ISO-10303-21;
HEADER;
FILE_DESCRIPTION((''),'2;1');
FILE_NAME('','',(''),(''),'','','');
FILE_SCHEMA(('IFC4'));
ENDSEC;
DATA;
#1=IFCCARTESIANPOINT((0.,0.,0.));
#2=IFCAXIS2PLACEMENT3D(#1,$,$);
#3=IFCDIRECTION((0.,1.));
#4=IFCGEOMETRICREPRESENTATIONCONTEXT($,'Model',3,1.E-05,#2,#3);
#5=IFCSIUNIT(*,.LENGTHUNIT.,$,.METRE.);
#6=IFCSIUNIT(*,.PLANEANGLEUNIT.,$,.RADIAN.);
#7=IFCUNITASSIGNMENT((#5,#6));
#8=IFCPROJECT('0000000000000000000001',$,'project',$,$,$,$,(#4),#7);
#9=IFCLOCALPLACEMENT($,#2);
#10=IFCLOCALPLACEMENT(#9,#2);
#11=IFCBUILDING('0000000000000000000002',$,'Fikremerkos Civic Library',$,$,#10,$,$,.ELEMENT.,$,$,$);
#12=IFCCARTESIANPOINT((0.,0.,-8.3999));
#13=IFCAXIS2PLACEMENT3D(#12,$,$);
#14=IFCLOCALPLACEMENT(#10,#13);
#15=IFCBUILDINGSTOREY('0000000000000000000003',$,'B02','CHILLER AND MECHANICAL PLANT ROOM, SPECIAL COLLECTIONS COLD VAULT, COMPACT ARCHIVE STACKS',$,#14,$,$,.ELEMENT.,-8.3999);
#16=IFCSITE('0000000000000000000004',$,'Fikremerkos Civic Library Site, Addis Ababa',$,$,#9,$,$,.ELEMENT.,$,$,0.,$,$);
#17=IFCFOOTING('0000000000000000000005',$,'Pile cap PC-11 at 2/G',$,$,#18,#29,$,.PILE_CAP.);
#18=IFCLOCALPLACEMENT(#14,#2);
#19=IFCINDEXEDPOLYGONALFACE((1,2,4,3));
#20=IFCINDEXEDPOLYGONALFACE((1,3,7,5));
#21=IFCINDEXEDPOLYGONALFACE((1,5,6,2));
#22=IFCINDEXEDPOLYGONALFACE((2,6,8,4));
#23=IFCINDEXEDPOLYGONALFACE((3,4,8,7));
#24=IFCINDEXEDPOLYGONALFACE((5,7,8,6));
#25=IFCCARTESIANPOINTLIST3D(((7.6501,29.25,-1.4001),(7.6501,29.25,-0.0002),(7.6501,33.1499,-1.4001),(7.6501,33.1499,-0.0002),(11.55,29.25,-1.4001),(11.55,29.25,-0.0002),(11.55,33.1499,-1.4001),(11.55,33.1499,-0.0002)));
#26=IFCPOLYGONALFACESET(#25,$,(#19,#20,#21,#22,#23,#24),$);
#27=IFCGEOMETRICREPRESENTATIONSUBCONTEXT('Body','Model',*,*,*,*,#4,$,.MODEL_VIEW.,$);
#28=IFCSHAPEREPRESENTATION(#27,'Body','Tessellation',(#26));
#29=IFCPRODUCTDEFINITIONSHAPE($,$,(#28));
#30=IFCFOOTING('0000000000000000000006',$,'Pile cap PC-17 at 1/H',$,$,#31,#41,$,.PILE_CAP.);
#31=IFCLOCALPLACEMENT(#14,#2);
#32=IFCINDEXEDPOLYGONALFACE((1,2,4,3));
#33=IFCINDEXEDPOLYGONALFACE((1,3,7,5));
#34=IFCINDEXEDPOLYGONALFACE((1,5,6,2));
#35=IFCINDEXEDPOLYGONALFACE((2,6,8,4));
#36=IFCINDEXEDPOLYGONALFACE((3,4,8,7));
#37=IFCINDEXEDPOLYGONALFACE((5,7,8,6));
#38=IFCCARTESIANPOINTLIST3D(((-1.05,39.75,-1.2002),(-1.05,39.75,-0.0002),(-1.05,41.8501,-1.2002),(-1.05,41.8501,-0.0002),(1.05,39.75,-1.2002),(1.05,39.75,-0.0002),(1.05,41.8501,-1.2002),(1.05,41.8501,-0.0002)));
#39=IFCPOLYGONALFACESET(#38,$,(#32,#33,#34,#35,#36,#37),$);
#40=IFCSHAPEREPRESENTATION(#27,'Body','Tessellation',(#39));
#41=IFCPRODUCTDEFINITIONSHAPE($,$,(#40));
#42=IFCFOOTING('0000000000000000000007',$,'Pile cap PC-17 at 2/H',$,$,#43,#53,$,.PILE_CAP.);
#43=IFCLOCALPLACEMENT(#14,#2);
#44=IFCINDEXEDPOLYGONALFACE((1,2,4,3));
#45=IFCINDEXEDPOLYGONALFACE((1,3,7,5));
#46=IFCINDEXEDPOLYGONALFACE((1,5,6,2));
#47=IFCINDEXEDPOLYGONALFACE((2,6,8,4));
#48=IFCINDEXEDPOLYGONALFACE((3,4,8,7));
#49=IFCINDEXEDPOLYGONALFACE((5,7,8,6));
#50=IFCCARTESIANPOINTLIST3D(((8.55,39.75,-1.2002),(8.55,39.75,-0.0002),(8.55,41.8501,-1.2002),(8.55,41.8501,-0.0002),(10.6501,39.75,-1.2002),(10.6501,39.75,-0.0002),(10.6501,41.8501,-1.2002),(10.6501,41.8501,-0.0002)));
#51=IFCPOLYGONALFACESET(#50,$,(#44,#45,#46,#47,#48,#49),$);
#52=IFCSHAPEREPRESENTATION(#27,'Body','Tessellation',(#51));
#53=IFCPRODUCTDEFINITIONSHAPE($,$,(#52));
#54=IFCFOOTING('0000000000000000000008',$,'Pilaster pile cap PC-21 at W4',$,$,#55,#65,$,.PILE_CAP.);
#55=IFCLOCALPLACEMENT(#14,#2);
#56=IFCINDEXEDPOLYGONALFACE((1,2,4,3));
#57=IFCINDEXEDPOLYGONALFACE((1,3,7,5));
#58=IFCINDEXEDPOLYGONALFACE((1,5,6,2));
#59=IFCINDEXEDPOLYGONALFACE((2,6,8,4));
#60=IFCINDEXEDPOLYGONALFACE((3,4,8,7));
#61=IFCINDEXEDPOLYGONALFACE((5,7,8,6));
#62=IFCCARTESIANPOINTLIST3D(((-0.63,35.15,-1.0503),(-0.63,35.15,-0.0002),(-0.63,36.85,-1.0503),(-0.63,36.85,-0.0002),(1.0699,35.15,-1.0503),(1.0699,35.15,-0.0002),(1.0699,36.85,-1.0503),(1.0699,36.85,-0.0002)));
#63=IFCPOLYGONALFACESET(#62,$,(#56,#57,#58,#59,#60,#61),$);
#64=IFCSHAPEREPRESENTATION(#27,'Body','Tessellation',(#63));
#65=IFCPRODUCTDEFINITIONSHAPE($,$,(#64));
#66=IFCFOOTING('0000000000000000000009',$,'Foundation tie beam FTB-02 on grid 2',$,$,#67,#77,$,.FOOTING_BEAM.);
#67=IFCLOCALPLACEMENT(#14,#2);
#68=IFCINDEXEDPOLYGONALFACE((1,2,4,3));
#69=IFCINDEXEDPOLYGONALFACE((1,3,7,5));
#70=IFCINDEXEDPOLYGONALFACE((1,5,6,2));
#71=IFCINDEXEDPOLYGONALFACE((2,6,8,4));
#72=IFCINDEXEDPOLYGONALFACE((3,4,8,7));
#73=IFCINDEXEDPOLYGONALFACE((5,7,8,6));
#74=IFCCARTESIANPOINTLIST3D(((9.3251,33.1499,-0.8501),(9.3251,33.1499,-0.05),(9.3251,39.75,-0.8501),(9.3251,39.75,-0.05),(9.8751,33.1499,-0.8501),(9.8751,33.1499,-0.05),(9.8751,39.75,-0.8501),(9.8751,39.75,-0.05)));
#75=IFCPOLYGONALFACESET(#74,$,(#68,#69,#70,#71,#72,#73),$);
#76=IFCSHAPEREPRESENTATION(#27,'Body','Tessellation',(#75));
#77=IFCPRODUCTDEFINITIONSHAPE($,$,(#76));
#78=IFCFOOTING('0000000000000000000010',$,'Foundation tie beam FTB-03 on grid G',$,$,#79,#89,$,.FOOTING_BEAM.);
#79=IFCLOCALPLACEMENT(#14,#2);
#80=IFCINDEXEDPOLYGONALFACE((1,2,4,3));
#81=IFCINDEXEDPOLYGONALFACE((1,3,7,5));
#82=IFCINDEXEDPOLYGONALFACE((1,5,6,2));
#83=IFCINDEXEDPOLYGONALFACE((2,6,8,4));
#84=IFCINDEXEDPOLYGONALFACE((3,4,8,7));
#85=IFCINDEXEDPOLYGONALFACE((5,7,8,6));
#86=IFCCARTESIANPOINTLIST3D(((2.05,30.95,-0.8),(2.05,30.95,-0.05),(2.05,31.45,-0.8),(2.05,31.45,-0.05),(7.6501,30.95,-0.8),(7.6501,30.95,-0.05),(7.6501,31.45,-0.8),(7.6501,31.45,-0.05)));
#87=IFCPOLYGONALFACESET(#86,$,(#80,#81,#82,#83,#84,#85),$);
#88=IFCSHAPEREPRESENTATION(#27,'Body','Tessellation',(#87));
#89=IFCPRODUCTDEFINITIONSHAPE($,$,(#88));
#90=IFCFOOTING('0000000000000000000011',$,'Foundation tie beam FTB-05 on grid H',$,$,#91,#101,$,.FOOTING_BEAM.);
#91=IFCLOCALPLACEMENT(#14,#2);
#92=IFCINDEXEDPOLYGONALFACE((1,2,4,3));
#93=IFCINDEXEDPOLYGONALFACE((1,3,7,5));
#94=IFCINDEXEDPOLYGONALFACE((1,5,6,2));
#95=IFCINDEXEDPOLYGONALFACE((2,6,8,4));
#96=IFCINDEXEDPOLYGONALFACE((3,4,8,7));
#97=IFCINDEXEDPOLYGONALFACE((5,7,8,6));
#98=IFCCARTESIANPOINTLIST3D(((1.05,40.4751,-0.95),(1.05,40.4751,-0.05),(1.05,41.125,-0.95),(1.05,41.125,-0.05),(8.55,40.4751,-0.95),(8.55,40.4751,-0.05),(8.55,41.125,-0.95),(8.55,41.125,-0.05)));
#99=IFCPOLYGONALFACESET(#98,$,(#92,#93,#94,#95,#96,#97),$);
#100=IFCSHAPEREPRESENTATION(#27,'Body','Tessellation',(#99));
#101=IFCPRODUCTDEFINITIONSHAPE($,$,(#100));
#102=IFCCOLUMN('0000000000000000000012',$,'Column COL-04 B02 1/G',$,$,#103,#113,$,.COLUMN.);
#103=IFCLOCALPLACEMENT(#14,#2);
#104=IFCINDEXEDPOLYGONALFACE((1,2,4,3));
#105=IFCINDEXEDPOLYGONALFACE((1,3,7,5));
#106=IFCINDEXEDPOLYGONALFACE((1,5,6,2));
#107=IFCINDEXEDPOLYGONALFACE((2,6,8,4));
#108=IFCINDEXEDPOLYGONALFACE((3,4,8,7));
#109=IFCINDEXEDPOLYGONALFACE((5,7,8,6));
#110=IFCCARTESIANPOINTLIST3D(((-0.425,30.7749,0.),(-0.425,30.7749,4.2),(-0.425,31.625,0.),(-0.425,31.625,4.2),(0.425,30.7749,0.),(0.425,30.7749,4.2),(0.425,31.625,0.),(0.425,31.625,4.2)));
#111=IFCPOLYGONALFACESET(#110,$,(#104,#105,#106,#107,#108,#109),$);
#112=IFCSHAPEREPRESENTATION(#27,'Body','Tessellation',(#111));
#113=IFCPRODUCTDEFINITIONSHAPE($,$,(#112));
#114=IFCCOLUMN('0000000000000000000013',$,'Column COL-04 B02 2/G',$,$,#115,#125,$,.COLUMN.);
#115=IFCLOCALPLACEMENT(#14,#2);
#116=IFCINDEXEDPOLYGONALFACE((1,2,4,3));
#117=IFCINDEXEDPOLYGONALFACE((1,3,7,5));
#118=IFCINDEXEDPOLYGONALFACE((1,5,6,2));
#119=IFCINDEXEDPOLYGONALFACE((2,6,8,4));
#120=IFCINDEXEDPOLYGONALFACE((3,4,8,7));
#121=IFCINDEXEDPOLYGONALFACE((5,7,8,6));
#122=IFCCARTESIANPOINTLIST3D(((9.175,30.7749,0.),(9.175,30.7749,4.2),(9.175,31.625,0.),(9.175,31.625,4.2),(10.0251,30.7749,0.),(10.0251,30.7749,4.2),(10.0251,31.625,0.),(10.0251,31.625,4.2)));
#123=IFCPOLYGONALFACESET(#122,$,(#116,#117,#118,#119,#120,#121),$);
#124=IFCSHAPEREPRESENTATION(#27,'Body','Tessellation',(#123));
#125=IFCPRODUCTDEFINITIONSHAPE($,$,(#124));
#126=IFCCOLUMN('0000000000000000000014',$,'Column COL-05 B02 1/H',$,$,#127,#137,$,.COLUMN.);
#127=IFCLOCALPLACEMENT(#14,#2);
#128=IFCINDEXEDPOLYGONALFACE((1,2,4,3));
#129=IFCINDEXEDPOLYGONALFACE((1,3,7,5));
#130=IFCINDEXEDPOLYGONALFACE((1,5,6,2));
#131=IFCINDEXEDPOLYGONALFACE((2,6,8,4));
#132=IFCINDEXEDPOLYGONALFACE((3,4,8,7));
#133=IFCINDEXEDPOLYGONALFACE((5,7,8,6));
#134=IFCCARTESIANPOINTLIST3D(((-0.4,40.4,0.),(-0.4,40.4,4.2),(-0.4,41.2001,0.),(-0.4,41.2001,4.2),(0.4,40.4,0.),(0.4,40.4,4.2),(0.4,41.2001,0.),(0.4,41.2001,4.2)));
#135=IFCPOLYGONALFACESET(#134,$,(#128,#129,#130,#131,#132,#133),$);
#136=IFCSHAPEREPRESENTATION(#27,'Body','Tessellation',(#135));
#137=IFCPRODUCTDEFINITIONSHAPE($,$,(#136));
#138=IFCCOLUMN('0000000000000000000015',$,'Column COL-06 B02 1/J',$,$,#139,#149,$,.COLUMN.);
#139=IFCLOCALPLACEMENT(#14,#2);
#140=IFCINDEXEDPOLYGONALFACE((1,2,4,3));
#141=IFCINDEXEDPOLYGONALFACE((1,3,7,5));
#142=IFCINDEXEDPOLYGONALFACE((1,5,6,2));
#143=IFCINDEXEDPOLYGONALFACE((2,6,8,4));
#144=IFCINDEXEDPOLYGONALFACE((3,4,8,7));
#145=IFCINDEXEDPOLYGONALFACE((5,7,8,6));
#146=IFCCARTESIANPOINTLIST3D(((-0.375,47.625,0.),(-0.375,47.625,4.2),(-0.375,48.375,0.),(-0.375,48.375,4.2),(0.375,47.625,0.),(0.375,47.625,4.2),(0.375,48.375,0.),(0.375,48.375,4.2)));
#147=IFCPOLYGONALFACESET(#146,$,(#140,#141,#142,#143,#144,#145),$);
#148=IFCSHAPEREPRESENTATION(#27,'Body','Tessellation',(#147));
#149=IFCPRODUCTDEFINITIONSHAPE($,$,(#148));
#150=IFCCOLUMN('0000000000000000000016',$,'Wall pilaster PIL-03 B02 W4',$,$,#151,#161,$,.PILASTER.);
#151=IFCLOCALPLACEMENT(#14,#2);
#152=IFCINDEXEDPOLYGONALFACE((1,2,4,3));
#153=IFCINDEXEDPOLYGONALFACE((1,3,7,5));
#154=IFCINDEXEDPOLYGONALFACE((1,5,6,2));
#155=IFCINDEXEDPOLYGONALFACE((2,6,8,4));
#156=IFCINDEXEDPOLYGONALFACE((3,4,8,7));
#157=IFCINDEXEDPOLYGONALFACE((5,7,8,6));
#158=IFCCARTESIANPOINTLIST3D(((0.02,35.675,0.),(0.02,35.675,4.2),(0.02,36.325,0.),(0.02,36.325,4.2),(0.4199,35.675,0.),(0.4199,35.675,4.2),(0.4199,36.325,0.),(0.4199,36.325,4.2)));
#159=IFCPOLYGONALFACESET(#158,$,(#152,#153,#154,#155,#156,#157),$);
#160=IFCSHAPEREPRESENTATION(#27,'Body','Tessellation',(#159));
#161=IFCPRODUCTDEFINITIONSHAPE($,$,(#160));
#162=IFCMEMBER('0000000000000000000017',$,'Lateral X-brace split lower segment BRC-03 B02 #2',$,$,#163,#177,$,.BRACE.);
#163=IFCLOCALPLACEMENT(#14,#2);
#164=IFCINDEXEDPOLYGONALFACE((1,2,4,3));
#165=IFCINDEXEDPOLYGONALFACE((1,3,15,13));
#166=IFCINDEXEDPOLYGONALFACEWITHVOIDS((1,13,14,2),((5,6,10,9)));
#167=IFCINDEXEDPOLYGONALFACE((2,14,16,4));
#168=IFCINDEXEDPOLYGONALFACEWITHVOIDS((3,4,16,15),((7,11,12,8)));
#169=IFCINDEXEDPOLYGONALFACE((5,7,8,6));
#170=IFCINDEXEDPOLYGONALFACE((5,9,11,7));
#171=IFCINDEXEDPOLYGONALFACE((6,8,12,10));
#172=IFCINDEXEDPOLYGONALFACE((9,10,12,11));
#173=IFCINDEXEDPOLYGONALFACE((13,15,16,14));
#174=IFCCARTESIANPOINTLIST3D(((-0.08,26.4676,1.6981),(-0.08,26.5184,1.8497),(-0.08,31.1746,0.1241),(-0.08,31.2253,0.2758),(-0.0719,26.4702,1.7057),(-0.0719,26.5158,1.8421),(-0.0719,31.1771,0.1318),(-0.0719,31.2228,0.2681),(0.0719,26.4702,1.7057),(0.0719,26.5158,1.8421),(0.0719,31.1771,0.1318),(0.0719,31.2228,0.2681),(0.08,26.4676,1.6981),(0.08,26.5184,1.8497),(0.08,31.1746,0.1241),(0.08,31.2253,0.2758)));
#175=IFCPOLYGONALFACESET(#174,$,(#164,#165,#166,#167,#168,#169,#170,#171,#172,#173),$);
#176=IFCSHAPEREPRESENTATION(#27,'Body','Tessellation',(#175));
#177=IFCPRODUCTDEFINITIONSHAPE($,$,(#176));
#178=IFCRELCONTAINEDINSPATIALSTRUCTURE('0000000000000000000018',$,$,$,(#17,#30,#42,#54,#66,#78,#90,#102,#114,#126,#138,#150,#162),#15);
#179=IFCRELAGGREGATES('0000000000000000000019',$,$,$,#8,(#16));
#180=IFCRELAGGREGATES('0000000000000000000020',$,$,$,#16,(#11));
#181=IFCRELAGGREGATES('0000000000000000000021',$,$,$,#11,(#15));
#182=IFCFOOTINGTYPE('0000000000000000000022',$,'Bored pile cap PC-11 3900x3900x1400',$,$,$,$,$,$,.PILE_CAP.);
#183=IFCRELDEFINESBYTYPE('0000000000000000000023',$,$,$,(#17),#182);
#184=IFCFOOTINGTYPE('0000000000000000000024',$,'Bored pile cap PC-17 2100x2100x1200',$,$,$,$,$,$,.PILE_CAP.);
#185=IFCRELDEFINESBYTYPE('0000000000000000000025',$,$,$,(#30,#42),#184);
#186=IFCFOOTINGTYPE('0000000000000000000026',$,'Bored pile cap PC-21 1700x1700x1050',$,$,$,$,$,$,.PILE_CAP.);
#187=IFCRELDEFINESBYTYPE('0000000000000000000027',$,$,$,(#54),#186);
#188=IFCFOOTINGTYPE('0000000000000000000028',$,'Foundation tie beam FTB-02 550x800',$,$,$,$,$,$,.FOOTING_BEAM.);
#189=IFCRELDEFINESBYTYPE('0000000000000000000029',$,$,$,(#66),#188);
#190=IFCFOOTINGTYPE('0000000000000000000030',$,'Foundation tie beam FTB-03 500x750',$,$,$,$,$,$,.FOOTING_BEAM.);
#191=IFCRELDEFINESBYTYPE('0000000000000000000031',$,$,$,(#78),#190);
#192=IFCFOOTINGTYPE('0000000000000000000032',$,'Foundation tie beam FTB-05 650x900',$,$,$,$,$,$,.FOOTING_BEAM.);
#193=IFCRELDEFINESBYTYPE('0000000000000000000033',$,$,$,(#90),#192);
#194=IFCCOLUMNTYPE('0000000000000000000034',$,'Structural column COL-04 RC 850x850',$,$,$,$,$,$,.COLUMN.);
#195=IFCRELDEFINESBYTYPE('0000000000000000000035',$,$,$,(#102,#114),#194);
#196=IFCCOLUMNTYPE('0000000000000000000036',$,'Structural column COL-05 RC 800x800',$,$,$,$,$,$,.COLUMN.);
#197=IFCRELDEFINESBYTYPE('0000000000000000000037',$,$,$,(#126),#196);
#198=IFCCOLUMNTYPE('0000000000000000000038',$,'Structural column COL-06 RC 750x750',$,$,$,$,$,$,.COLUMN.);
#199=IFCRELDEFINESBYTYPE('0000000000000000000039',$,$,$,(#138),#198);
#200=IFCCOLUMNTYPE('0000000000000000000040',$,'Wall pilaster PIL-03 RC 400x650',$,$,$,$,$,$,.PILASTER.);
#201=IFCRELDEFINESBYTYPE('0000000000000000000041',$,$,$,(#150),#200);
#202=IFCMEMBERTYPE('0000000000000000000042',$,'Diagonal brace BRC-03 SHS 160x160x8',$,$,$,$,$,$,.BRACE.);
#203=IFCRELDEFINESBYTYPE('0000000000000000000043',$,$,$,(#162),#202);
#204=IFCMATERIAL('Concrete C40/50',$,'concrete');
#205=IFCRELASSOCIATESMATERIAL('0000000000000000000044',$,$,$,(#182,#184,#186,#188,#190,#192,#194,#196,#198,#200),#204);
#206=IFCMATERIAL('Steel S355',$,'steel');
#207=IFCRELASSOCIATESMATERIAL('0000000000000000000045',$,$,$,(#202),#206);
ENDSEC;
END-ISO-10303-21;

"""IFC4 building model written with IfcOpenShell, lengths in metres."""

from ifc_helpers import new_model, si_unit, direction, frame, origin, origin_2d, place, context, subcontext, project, spatial, rectangle, hollow_rectangle, extrude, material, material_profile, profile_set, type_object, element, save


model = new_model("IFC4")

# Units and contexts
model_context = context("Model", 3, precision=1e-05, world=origin(), true_north=direction((0.0, 1.0)))
body_context = subcontext(model_context, "Body", "Model", "MODEL_VIEW")
ifc_project = project(units=[si_unit("LENGTHUNIT", "METRE"), si_unit("PLANEANGLEUNIT", "RADIAN")], contexts=[model_context])

# Site, building, storey
site_placement = place(None, origin())
site = spatial("IfcSite", under=ifc_project, at=site_placement, Name="Fikremerkos Civic Library Site, Addis Ababa", CompositionType="ELEMENT", RefElevation=0.0)
building_placement = place(site_placement, origin())
building = spatial("IfcBuilding", under=site, at=building_placement, Name="Fikremerkos Civic Library", CompositionType="ELEMENT")
storey_placement = place(building_placement, frame((0.0, 0.0, -8.3999)))
storey = spatial("IfcBuildingStorey", under=building, at=storey_placement, Name="B02", Description="CHILLER AND MECHANICAL PLANT ROOM, SPECIAL COLLECTIONS COLD VAULT, COMPACT ARCHIVE STACKS", CompositionType="ELEMENT", Elevation=-8.3999)

# Footings
ifc_material_1 = material(Name="Concrete C40/50", Category="concrete")
footing_type_1 = type_object("IfcFootingType", Name="Bored pile cap PC-11 3900x3900x1400", PredefinedType="PILE_CAP", material=ifc_material_1)
footing_1_placement = place(storey_placement, frame((9.6001, 31.2, -1.4001), z_axis=(0.0, 0.0, 1.0), x_axis=(1.0, 0.0, 0.0)))
element("IfcFooting", 1, at=footing_1_placement, inside=storey, type_object=footing_type_1, Name="Pile cap PC-11 at 2/G", PredefinedType="PILE_CAP", context=body_context, shape_type="SweptSolid", body=[
    extrude(rectangle(XDim=3.8999, YDim=3.8999, at=origin_2d()), origin(), (0.0, 0.0, 1.0), 1.3999),
])
footing_type_2 = type_object("IfcFootingType", Name="Bored pile cap PC-17 2100x2100x1200", PredefinedType="PILE_CAP", material=ifc_material_1)
for number, where, z_axis, x_axis, name in (
    (2, (0.0, 40.8, -1.2002), (0.0, 0.0, 1.0), (1.0, 0.0, 0.0), "Pile cap PC-17 at 1/H"),
    (3, (9.6001, 40.8, -1.2002), (0.0, 0.0, 1.0), (1.0, 0.0, 0.0), "Pile cap PC-17 at 2/H"),
):
    element("IfcFooting", number, at=place(storey_placement, frame(where, z_axis=z_axis, x_axis=x_axis)), inside=storey, type_object=footing_type_2, Name=name, PredefinedType="PILE_CAP", context=body_context, shape_type="SweptSolid", body=[
        extrude(rectangle(XDim=2.1001, YDim=2.1001, at=origin_2d()), origin(), (0.0, 0.0, 1.0), 1.2),
    ])
footing_type_3 = type_object("IfcFootingType", Name="Bored pile cap PC-21 1700x1700x1050", PredefinedType="PILE_CAP", material=ifc_material_1)
footing_2_placement = place(storey_placement, frame((0.22, 36.0, -1.0503), z_axis=(0.0, 0.0, 1.0), x_axis=(1.0, 0.0, 0.0)))
element("IfcFooting", 4, at=footing_2_placement, inside=storey, type_object=footing_type_3, Name="Pilaster pile cap PC-21 at W4", PredefinedType="PILE_CAP", context=body_context, shape_type="SweptSolid", body=[
    extrude(rectangle(XDim=1.7, YDim=1.7, at=origin_2d()), origin(), (0.0, 0.0, 1.0), 1.05),
])
footing_type_4 = type_object("IfcFootingType", Name="Foundation tie beam FTB-02 550x800", PredefinedType="FOOTING_BEAM", material=ifc_material_1)
footing_3_placement = place(storey_placement, frame((9.6001, 36.45, -0.8501), z_axis=(0.0, 0.0, 1.0), x_axis=(0.0, 1.0, 0.0)))
element("IfcFooting", 5, at=footing_3_placement, inside=storey, type_object=footing_type_4, Name="Foundation tie beam FTB-02 on grid 2", PredefinedType="FOOTING_BEAM", context=body_context, shape_type="SweptSolid", body=[
    extrude(rectangle(XDim=6.6001, YDim=0.55, at=origin_2d()), origin(), (0.0, 0.0, 1.0), 0.8),
])
footing_type_5 = type_object("IfcFootingType", Name="Foundation tie beam FTB-03 500x750", PredefinedType="FOOTING_BEAM", material=ifc_material_1)
footing_4_placement = place(storey_placement, frame((4.8501, 31.2, -0.8), z_axis=(0.0, 0.0, 1.0), x_axis=(1.0, 0.0, 0.0)))
element("IfcFooting", 6, at=footing_4_placement, inside=storey, type_object=footing_type_5, Name="Foundation tie beam FTB-03 on grid G", PredefinedType="FOOTING_BEAM", context=body_context, shape_type="SweptSolid", body=[
    extrude(rectangle(XDim=5.6001, YDim=0.5, at=origin_2d()), origin(), (0.0, 0.0, 1.0), 0.75),
])
footing_type_6 = type_object("IfcFootingType", Name="Foundation tie beam FTB-05 650x900", PredefinedType="FOOTING_BEAM", material=ifc_material_1)
footing_5_placement = place(storey_placement, frame((4.8, 40.8, -0.95), z_axis=(0.0, 0.0, 1.0), x_axis=(1.0, 0.0, 0.0)))
element("IfcFooting", 7, at=footing_5_placement, inside=storey, type_object=footing_type_6, Name="Foundation tie beam FTB-05 on grid H", PredefinedType="FOOTING_BEAM", context=body_context, shape_type="SweptSolid", body=[
    extrude(rectangle(XDim=7.5, YDim=0.6499, at=origin_2d()), origin(), (0.0, 0.0, 1.0), 0.8999),
])

# Columns
ifc_material_profile_1 = material_profile(ifc_material_1, rectangle(XDim=0.8501, YDim=0.8501, at=origin_2d()), Name="RC 850x850")
ifc_profile_set_1 = profile_set([ifc_material_profile_1], Name="Concrete C40/50")
column_type_1 = type_object("IfcColumnType", Name="Structural column COL-04 RC 850x850", PredefinedType="COLUMN", material=ifc_profile_set_1)
for number, where, z_axis, x_axis, name in (
    (8, (0.0, 31.2, 0.0), (0.0, 0.0, 1.0), (1.0, 0.0, 0.0), "Column COL-04 B02 1/G"),
    (9, (9.6001, 31.2, 0.0), (0.0, 0.0, 1.0), (1.0, 0.0, 0.0), "Column COL-04 B02 2/G"),
):
    element("IfcColumn", number, at=place(storey_placement, frame(where, z_axis=z_axis, x_axis=x_axis)), inside=storey, type_object=column_type_1, Name=name, PredefinedType="COLUMN", context=body_context, shape_type="SweptSolid", body=[
        extrude(rectangle(XDim=0.8501, YDim=0.8501, at=origin_2d()), origin(), (0.0, 0.0, 1.0), 4.2),
    ])
ifc_material_profile_2 = material_profile(ifc_material_1, rectangle(XDim=0.8, YDim=0.8, at=origin_2d()), Name="RC 800x800")
ifc_profile_set_2 = profile_set([ifc_material_profile_2], Name="Concrete C40/50")
column_type_2 = type_object("IfcColumnType", Name="Structural column COL-05 RC 800x800", PredefinedType="COLUMN", material=ifc_profile_set_2)
column_1_placement = place(storey_placement, frame((0.0, 40.8, 0.0), z_axis=(0.0, 0.0, 1.0), x_axis=(1.0, 0.0, 0.0)))
element("IfcColumn", 10, at=column_1_placement, inside=storey, type_object=column_type_2, Name="Column COL-05 B02 1/H", PredefinedType="COLUMN", context=body_context, shape_type="SweptSolid", body=[
    extrude(rectangle(XDim=0.8, YDim=0.8, at=origin_2d()), origin(), (0.0, 0.0, 1.0), 4.2),
])
ifc_material_profile_3 = material_profile(ifc_material_1, rectangle(XDim=0.75, YDim=0.75, at=origin_2d()), Name="RC 750x750")
ifc_profile_set_3 = profile_set([ifc_material_profile_3], Name="Concrete C40/50")
column_type_3 = type_object("IfcColumnType", Name="Structural column COL-06 RC 750x750", PredefinedType="COLUMN", material=ifc_profile_set_3)
column_2_placement = place(storey_placement, frame((0.0, 48.0, 0.0), z_axis=(0.0, 0.0, 1.0), x_axis=(1.0, 0.0, 0.0)))
element("IfcColumn", 11, at=column_2_placement, inside=storey, type_object=column_type_3, Name="Column COL-06 B02 1/J", PredefinedType="COLUMN", context=body_context, shape_type="SweptSolid", body=[
    extrude(rectangle(XDim=0.75, YDim=0.75, at=origin_2d()), origin(), (0.0, 0.0, 1.0), 4.2),
])
ifc_material_profile_4 = material_profile(ifc_material_1, rectangle(XDim=0.3999, YDim=0.6499, at=origin_2d()), Name="RC 400x650")
ifc_profile_set_4 = profile_set([ifc_material_profile_4], Name="Concrete C40/50")
column_type_4 = type_object("IfcColumnType", Name="Wall pilaster PIL-03 RC 400x650", PredefinedType="PILASTER", material=ifc_profile_set_4)
column_3_placement = place(storey_placement, frame((0.22, 36.0, 0.0), z_axis=(0.0, 0.0, 1.0), x_axis=(1.0, 0.0, 0.0)))
element("IfcColumn", 12, at=column_3_placement, inside=storey, type_object=column_type_4, Name="Wall pilaster PIL-03 B02 W4", PredefinedType="PILASTER", context=body_context, shape_type="SweptSolid", body=[
    extrude(rectangle(XDim=0.3999, YDim=0.6499, at=origin_2d()), origin(), (0.0, 0.0, 1.0), 4.2),
])

# Member
ifc_material_2 = material(Name="Steel S355", Category="steel")
ifc_material_profile_5 = material_profile(ifc_material_2, hollow_rectangle(XDim=0.1599, YDim=0.1599, WallThickness=0.0081, at=origin_2d()), Name="SHS 160x160x8")
ifc_profile_set_5 = profile_set([ifc_material_profile_5], Name="Steel S355")
member_type = type_object("IfcMemberType", Name="Diagonal brace BRC-03 SHS 160x160x8", PredefinedType="BRACE", material=ifc_profile_set_5)
member_placement = place(storey_placement, frame((0.0, 31.2, 0.2), z_axis=(0.0, -0.948383, 0.317128), x_axis=(1.0, 0.0, 0.0)))
element("IfcMember", 13, at=member_placement, inside=storey, type_object=member_type, Name="Lateral X-brace split lower segment BRC-03 B02 #2", PredefinedType="BRACE", context=body_context, shape_type="SweptSolid", body=[
    extrude(hollow_rectangle(XDim=0.1599, YDim=0.1599, WallThickness=0.0081, at=origin_2d()), origin(), (0.0, 0.0, 1.0), 4.9631),
])

save(model, "model.ifc")
